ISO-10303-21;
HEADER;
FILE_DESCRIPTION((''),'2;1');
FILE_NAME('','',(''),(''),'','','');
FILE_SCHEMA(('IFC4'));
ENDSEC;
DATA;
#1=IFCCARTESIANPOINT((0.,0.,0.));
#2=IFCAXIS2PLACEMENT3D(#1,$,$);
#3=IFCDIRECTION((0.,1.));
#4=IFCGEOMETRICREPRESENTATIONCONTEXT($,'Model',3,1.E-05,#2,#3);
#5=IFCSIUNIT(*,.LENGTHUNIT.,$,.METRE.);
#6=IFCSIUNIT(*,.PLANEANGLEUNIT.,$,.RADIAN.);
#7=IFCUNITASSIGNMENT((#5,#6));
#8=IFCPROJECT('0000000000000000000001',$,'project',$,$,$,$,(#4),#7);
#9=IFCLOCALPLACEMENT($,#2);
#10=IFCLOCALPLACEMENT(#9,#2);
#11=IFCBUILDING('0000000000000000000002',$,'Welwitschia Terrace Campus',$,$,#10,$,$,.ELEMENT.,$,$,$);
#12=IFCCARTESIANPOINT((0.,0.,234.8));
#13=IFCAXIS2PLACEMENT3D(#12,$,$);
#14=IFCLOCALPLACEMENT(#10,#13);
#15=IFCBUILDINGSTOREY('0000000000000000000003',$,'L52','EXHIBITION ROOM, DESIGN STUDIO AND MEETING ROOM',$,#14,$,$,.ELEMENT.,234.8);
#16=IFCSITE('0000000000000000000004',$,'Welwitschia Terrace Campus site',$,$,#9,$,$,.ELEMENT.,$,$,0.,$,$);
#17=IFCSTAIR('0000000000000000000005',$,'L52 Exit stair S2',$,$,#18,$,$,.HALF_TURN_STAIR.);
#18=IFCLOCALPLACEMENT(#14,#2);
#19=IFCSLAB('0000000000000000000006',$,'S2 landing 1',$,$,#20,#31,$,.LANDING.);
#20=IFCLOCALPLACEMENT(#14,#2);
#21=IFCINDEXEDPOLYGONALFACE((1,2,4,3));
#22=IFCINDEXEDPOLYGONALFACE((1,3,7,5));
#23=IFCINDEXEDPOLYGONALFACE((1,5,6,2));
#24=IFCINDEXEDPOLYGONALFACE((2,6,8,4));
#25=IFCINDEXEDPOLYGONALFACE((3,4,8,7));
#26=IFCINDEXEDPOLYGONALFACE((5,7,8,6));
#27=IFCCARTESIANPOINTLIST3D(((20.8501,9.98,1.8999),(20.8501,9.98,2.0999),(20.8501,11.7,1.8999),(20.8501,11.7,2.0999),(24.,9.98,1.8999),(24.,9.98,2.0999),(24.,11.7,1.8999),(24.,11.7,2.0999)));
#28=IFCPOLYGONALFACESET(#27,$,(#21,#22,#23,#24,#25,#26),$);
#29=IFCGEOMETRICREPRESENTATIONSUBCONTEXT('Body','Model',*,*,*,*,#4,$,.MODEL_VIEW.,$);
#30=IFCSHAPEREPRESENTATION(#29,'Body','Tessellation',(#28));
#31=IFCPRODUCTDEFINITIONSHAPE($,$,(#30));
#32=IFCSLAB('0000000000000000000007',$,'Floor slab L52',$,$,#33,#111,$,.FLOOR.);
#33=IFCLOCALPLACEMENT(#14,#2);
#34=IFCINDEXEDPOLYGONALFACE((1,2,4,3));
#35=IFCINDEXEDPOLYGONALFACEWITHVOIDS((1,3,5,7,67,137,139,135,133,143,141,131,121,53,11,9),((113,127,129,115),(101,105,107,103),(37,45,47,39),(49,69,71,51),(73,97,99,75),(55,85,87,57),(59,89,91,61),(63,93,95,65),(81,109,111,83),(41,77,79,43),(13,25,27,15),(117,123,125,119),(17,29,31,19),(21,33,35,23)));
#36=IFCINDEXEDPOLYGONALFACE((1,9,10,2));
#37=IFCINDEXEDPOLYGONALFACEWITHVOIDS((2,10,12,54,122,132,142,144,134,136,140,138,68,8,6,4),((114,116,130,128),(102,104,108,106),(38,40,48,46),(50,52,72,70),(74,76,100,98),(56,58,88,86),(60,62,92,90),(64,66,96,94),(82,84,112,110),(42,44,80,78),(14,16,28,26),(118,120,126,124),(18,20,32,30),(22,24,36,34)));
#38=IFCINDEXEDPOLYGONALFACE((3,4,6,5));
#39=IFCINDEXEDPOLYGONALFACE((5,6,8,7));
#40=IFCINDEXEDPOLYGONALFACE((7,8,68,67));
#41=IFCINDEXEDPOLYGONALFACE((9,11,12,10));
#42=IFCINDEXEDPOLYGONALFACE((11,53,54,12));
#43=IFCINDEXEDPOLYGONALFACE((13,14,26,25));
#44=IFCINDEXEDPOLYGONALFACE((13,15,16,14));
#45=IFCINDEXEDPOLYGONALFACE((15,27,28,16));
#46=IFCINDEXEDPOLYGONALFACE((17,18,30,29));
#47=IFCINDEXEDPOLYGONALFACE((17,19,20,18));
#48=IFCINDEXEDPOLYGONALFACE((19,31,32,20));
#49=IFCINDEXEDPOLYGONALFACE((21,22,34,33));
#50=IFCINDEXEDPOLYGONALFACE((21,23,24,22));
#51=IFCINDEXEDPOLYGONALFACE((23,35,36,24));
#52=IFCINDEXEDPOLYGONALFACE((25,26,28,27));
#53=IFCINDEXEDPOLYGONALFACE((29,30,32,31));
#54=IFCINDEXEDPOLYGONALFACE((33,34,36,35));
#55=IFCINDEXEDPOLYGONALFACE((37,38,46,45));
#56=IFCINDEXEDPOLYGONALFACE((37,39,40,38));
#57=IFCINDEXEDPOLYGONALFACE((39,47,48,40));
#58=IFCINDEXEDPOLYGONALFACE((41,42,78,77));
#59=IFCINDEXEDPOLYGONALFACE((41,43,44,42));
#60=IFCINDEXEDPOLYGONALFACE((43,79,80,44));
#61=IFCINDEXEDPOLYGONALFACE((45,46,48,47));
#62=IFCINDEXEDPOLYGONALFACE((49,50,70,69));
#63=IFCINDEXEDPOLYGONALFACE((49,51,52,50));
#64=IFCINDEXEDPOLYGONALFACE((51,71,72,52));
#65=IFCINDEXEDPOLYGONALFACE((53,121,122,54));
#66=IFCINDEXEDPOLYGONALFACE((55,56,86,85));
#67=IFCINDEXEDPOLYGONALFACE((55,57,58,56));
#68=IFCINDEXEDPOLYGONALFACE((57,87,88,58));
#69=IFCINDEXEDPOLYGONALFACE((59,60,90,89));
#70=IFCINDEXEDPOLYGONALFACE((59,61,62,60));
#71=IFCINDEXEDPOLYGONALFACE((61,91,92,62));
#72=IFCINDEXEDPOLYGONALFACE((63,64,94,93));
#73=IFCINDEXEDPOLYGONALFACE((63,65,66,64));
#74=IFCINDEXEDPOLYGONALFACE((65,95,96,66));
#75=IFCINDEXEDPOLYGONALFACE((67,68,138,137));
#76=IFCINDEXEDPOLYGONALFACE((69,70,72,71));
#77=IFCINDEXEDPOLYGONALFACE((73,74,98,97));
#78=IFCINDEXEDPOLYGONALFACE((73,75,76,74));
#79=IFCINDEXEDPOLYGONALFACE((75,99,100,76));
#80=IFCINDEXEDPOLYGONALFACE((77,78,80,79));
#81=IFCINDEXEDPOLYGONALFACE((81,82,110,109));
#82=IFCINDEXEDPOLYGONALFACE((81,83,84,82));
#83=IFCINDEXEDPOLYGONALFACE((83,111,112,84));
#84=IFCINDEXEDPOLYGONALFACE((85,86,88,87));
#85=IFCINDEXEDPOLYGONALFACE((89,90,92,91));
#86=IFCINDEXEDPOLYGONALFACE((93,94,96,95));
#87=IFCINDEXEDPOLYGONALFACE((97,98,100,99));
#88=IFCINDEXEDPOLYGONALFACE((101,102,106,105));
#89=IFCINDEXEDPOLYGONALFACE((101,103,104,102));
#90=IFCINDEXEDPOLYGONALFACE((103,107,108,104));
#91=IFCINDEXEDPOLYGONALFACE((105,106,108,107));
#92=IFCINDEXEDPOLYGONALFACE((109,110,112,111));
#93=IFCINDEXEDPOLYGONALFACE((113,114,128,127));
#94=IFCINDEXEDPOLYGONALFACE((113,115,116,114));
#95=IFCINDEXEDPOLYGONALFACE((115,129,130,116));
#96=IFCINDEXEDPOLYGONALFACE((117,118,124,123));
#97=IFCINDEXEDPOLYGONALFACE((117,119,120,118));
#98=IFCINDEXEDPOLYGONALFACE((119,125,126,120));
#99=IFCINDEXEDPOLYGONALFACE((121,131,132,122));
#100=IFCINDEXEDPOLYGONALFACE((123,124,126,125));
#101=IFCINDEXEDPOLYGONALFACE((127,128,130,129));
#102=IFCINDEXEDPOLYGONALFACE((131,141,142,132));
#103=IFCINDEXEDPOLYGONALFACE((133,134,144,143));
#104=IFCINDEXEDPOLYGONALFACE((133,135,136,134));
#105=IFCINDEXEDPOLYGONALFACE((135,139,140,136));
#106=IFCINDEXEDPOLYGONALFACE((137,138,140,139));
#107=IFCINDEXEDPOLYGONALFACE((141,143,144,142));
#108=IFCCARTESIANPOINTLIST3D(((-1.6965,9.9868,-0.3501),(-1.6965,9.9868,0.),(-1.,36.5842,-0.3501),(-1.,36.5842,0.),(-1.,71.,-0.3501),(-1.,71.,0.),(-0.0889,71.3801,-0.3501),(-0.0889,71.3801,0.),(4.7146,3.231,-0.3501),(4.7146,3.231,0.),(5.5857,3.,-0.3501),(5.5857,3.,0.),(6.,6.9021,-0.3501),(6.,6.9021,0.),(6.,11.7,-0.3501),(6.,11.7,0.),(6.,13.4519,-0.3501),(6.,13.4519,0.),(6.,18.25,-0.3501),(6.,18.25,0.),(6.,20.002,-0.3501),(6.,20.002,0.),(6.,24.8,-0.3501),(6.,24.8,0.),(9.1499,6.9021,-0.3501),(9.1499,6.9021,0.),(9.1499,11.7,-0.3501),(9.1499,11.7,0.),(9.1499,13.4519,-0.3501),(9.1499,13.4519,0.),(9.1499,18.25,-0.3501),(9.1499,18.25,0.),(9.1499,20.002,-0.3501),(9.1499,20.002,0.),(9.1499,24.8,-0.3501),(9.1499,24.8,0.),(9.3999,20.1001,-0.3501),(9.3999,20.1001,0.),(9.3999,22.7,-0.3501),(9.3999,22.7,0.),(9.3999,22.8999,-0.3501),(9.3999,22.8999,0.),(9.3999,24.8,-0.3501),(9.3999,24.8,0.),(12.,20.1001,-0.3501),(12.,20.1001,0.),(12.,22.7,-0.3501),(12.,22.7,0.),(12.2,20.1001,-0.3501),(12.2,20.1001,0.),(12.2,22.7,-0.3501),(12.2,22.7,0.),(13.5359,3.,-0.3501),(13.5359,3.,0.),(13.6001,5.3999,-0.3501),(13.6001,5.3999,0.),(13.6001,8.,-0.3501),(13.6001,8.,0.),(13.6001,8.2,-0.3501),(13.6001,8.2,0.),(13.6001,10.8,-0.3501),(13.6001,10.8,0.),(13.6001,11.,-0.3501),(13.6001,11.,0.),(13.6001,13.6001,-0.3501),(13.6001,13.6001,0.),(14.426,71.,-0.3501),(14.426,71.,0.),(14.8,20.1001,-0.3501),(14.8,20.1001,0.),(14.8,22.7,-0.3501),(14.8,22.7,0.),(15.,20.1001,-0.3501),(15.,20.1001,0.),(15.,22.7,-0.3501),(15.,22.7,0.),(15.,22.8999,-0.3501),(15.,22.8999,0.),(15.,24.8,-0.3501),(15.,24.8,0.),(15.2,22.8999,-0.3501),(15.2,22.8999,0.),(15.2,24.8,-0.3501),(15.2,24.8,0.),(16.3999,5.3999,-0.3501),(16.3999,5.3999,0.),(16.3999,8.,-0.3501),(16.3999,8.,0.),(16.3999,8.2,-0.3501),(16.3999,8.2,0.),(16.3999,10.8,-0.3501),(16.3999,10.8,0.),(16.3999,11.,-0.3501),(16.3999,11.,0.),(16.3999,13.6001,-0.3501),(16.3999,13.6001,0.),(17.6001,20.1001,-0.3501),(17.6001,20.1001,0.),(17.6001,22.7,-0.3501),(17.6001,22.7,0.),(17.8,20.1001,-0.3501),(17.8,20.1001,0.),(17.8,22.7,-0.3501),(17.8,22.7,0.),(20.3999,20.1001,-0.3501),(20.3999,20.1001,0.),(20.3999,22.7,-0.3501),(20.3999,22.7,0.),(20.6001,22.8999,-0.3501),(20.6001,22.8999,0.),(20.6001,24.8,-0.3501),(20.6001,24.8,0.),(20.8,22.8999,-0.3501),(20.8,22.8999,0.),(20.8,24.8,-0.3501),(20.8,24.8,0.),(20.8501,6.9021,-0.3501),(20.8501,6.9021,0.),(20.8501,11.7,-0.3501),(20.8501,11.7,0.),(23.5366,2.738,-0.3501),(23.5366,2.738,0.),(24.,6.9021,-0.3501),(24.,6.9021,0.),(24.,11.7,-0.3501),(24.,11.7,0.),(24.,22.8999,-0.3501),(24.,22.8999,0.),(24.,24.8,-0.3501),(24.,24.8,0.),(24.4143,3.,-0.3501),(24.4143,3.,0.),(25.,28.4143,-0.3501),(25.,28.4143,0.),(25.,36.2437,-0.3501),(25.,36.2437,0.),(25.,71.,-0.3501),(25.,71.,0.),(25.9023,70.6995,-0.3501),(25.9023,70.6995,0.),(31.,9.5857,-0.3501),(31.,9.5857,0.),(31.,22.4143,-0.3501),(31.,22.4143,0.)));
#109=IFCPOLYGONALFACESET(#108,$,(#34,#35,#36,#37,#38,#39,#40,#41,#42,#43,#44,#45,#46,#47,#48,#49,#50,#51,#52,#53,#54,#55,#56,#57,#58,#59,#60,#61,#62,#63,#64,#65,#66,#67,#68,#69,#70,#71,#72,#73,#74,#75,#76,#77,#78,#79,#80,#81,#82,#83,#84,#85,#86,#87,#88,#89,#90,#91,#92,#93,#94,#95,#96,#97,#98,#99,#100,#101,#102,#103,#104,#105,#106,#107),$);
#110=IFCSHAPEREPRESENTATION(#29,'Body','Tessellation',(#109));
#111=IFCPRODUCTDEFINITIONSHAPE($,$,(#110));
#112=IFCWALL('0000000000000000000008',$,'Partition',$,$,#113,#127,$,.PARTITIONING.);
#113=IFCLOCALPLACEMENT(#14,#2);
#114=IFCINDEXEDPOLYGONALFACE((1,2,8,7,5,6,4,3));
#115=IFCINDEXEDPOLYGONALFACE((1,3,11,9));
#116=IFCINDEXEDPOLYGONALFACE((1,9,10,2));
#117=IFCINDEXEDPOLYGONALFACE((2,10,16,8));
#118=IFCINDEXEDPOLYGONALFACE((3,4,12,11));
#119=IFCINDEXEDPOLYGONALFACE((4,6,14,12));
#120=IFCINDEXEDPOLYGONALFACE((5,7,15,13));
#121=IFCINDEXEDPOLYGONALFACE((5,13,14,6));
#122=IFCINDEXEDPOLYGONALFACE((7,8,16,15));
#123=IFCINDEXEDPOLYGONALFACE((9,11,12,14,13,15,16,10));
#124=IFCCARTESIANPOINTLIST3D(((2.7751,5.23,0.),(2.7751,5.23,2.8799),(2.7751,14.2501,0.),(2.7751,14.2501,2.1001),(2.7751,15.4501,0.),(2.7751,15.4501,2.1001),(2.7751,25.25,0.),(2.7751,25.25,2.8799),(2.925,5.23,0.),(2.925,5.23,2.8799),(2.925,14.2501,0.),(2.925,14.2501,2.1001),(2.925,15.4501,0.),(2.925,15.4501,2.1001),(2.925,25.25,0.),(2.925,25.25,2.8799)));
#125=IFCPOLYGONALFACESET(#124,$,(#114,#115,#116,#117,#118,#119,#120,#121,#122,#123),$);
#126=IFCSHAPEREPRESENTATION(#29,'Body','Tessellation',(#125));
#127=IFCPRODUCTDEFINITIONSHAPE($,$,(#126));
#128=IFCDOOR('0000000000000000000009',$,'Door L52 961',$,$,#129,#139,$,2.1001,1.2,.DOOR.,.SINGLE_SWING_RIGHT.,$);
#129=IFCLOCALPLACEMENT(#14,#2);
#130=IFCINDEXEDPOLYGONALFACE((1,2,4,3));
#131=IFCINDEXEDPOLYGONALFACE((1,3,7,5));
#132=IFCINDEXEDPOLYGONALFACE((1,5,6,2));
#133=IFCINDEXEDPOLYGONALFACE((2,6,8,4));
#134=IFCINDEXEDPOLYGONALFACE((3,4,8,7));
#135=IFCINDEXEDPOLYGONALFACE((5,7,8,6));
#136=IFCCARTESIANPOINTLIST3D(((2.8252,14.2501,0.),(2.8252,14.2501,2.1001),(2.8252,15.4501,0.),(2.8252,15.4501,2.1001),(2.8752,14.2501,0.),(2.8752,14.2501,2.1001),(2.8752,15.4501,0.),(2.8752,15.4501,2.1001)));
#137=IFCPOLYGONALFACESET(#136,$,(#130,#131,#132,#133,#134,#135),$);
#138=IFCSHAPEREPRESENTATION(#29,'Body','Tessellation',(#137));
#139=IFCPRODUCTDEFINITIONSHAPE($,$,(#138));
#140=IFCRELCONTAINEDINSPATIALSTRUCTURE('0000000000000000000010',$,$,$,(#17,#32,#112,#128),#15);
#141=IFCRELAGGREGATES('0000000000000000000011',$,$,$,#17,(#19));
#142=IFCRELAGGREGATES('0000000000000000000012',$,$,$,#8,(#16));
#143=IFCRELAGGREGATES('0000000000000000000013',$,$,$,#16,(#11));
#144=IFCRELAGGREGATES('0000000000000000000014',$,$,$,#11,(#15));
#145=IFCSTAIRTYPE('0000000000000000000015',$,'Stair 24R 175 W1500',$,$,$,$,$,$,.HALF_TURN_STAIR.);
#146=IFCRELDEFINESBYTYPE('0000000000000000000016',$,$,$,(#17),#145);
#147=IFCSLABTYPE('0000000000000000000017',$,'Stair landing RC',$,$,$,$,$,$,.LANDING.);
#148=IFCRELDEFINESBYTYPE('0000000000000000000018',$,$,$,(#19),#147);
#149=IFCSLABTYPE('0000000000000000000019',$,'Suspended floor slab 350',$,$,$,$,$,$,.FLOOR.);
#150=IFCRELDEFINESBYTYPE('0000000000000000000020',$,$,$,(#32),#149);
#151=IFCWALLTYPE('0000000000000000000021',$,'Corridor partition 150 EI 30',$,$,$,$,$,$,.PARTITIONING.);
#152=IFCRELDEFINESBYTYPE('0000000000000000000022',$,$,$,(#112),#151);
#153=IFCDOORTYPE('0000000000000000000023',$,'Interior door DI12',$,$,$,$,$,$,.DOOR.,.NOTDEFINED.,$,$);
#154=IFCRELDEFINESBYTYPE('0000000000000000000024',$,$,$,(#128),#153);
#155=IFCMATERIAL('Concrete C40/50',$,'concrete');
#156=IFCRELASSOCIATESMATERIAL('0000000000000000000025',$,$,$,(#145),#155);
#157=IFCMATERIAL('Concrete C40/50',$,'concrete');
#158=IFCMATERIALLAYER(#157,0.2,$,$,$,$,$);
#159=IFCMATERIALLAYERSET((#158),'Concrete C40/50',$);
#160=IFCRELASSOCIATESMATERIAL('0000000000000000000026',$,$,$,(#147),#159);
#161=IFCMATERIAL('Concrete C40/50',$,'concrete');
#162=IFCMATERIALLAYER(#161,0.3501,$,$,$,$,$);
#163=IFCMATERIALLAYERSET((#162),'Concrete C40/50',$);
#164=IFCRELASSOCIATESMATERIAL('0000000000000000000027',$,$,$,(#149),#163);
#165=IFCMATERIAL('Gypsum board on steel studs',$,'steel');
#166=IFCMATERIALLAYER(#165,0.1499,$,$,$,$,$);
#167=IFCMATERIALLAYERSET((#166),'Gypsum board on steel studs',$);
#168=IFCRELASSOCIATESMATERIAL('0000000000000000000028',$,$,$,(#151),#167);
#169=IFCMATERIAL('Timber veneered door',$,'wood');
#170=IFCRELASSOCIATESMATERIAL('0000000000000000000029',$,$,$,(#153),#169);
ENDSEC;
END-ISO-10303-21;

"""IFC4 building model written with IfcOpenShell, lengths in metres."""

from ifc_helpers import new_model, si_unit, direction, frame, frame_2d, origin, place, context, subcontext, project, spatial, polyline, rectangle, outline, extrude, material, layer, layer_set, type_object, element, fill, aggregate, save


model = new_model("IFC4")

# Units and contexts
model_context = context("Model", 3, precision=1e-05, world=origin(), true_north=direction((0.0, 1.0)))
body_context = subcontext(model_context, "Body", "Model", "MODEL_VIEW")
ifc_project = project(units=[si_unit("LENGTHUNIT", "METRE"), si_unit("PLANEANGLEUNIT", "RADIAN")], contexts=[model_context])

# Site, building, storey
site_placement = place(None, origin())
site = spatial("IfcSite", under=ifc_project, at=site_placement, Name="Welwitschia Terrace Campus site", CompositionType="ELEMENT", RefElevation=0.0)
building_placement = place(site_placement, origin())
building = spatial("IfcBuilding", under=site, at=building_placement, Name="Welwitschia Terrace Campus", CompositionType="ELEMENT")
storey_placement = place(building_placement, frame((0.0, 0.0, 234.8)))
storey = spatial("IfcBuildingStorey", under=building, at=storey_placement, Name="L52", Description="EXHIBITION ROOM, DESIGN STUDIO AND MEETING ROOM", CompositionType="ELEMENT", Elevation=234.8)

# Stair, slab
ifc_material_1 = material(Name="Concrete C40/50", Category="concrete")
stair_type = type_object("IfcStairType", Name="Stair 24R 175 W1500", PredefinedType="HALF_TURN_STAIR", material=ifc_material_1)
ifc_material_2 = material(Name="Concrete C40/50", Category="concrete")
ifc_layer_1 = layer(ifc_material_2, 0.2)
ifc_layer_set_1 = layer_set([ifc_layer_1], Name="Concrete C40/50")
slab_type_1 = type_object("IfcSlabType", Name="Stair landing RC", PredefinedType="LANDING", material=ifc_layer_set_1)
stair_1_placement = place(storey_placement, origin())
stair_1 = element("IfcStair", 1, at=stair_1_placement, inside=storey, type_object=stair_type, Name="L52 Exit stair S2", PredefinedType="HALF_TURN_STAIR")
slab_1_placement = place(storey_placement, frame((0.0, 0.0, 1.8999)))
slab_1 = element("IfcSlab", 2, at=slab_1_placement, type_object=slab_type_1, Name="S2 landing 1", PredefinedType="LANDING", context=body_context, shape_type="SweptSolid", body=[
    extrude(outline(polyline([(24.0, 9.98), (24.0, 11.7), (20.8501, 11.7), (20.8501, 9.98), (24.0, 9.98)])), origin(), (0.0, 0.0, 1.0), 0.2),
])
aggregate(stair_1, [slab_1])

# Slab
ifc_material_3 = material(Name="Concrete C40/50", Category="concrete")
ifc_layer_2 = layer(ifc_material_3, 0.3501)
ifc_layer_set_2 = layer_set([ifc_layer_2], Name="Concrete C40/50")
slab_type_2 = type_object("IfcSlabType", Name="Suspended floor slab 350", PredefinedType="FLOOR", material=ifc_layer_set_2)
slab_2_placement = place(storey_placement, frame((0.0, 0.0, -0.3501)))
element("IfcSlab", 3, at=slab_2_placement, inside=storey, type_object=slab_type_2, Name="Floor slab L52", PredefinedType="FLOOR", context=body_context, shape_type="SweptSolid", body=[
    extrude(outline(polyline([(-0.0889, 71.3801), (14.426, 71.0), (25.0, 71.0), (25.9023, 70.6995), (25.0, 36.2437), (25.0, 28.4143), (31.0, 22.4143), (31.0, 9.5857), (24.4143, 3.0), (23.5366, 2.738), (13.5359, 3.0), (5.5857, 3.0), (4.7146, 3.231), (-1.6965, 9.9868), (-1.0, 36.5842), (-1.0, 71.0), (-0.0889, 71.3801)]), holes=[polyline([(13.6001, 8.0), (13.6001, 5.3999), (16.3999, 5.3999), (16.3999, 8.0), (13.6001, 8.0)]), polyline([(9.1499, 11.7), (6.0, 11.7), (6.0, 6.9021), (9.1499, 6.9021), (9.1499, 11.7)]), polyline([(9.1499, 18.25), (6.0, 18.25), (6.0, 13.4519), (9.1499, 13.4519), (9.1499, 18.25)]), polyline([(12.0, 22.7), (9.3999, 22.7), (9.3999, 20.1001), (12.0, 20.1001), (12.0, 22.7)]), polyline([(14.8, 22.7), (12.2, 22.7), (12.2, 20.1001), (14.8, 20.1001), (14.8, 22.7)]), polyline([(9.1499, 24.8), (6.0, 24.8), (6.0, 20.002), (9.1499, 20.002), (9.1499, 24.8)]), polyline([(15.0, 24.8), (9.3999, 24.8), (9.3999, 22.8999), (15.0, 22.8999), (15.0, 24.8)]), polyline([(20.8501, 11.7), (20.8501, 6.9021), (24.0, 6.9021), (24.0, 11.7), (20.8501, 11.7)]), polyline([(16.3999, 10.8), (13.6001, 10.8), (13.6001, 8.2), (16.3999, 8.2), (16.3999, 10.8)]), polyline([(16.3999, 13.6001), (13.6001, 13.6001), (13.6001, 11.0), (16.3999, 11.0), (16.3999, 13.6001)]), polyline([(17.6001, 22.7), (15.0, 22.7), (15.0, 20.1001), (17.6001, 20.1001), (17.6001, 22.7)]), polyline([(20.3999, 22.7), (17.8, 22.7), (17.8, 20.1001), (20.3999, 20.1001), (20.3999, 22.7)]), polyline([(20.6001, 24.8), (15.2, 24.8), (15.2, 22.8999), (20.6001, 22.8999), (20.6001, 24.8)]), polyline([(24.0, 24.8), (20.8, 24.8), (20.8, 22.8999), (24.0, 22.8999), (24.0, 24.8)])]), origin(), (0.0, 0.0, 1.0), 0.3501),
])

# Wall, opening, door
ifc_material_4 = material(Name="Gypsum board on steel studs", Category="steel")
ifc_layer_3 = layer(ifc_material_4, 0.1499)
ifc_layer_set_3 = layer_set([ifc_layer_3], Name="Gypsum board on steel studs")
wall_type = type_object("IfcWallType", Name="Corridor partition 150 EI 30", PredefinedType="PARTITIONING", material=ifc_layer_set_3)
wall_placement = place(storey_placement, frame((2.8501, 5.23, 0.0), z_axis=(0.0, 0.0, 1.0), x_axis=(0.0, 1.0, 0.0)))
wall = element("IfcWall", 4, at=wall_placement, inside=storey, type_object=wall_type, Name="Partition", PredefinedType="PARTITIONING", context=body_context, shape_type="SweptSolid", body=[
    extrude(rectangle(XDim=20.02, YDim=0.1499, at=frame_2d((10.01, 0.0))), origin(), (0.0, 0.0, 1.0), 2.8799),
])
opening_placement = place(wall_placement, frame((9.02, 0.0, 0.0)))
opening = element("IfcOpeningElement", 5, at=opening_placement, cuts=wall, PredefinedType="OPENING", context=body_context, shape_type="SweptSolid", body=[
    extrude(rectangle(XDim=1.2, YDim=2.1001, at=frame_2d((0.6001, 1.05))), frame((0.0, 0.085, 0.0), z_axis=(0.0, -1.0, 0.0), x_axis=(1.0, 0.0, 0.0)), (0.0, 0.0, 1.0), 0.1699),
])
ifc_material_5 = material(Name="Timber veneered door", Category="wood")
door_type = type_object("IfcDoorType", Name="Interior door DI12", OperationType="NOTDEFINED", PredefinedType="DOOR", material=ifc_material_5)
door_placement = place(opening_placement, origin())
door = element("IfcDoor", 6, at=door_placement, inside=storey, type_object=door_type, Name="Door L52 961", OperationType="SINGLE_SWING_RIGHT", OverallHeight=2.1001, OverallWidth=1.2, PredefinedType="DOOR", context=body_context, shape_type="SweptSolid", body=[
    extrude(rectangle(XDim=1.2, YDim=2.1001, at=frame_2d((0.6001, 1.05))), frame((0.0, 0.0249, 0.0), z_axis=(0.0, -1.0, 0.0), x_axis=(1.0, 0.0, 0.0)), (0.0, 0.0, 1.0), 0.05),
])
fill(opening, door)

save(model, "model.ifc")
